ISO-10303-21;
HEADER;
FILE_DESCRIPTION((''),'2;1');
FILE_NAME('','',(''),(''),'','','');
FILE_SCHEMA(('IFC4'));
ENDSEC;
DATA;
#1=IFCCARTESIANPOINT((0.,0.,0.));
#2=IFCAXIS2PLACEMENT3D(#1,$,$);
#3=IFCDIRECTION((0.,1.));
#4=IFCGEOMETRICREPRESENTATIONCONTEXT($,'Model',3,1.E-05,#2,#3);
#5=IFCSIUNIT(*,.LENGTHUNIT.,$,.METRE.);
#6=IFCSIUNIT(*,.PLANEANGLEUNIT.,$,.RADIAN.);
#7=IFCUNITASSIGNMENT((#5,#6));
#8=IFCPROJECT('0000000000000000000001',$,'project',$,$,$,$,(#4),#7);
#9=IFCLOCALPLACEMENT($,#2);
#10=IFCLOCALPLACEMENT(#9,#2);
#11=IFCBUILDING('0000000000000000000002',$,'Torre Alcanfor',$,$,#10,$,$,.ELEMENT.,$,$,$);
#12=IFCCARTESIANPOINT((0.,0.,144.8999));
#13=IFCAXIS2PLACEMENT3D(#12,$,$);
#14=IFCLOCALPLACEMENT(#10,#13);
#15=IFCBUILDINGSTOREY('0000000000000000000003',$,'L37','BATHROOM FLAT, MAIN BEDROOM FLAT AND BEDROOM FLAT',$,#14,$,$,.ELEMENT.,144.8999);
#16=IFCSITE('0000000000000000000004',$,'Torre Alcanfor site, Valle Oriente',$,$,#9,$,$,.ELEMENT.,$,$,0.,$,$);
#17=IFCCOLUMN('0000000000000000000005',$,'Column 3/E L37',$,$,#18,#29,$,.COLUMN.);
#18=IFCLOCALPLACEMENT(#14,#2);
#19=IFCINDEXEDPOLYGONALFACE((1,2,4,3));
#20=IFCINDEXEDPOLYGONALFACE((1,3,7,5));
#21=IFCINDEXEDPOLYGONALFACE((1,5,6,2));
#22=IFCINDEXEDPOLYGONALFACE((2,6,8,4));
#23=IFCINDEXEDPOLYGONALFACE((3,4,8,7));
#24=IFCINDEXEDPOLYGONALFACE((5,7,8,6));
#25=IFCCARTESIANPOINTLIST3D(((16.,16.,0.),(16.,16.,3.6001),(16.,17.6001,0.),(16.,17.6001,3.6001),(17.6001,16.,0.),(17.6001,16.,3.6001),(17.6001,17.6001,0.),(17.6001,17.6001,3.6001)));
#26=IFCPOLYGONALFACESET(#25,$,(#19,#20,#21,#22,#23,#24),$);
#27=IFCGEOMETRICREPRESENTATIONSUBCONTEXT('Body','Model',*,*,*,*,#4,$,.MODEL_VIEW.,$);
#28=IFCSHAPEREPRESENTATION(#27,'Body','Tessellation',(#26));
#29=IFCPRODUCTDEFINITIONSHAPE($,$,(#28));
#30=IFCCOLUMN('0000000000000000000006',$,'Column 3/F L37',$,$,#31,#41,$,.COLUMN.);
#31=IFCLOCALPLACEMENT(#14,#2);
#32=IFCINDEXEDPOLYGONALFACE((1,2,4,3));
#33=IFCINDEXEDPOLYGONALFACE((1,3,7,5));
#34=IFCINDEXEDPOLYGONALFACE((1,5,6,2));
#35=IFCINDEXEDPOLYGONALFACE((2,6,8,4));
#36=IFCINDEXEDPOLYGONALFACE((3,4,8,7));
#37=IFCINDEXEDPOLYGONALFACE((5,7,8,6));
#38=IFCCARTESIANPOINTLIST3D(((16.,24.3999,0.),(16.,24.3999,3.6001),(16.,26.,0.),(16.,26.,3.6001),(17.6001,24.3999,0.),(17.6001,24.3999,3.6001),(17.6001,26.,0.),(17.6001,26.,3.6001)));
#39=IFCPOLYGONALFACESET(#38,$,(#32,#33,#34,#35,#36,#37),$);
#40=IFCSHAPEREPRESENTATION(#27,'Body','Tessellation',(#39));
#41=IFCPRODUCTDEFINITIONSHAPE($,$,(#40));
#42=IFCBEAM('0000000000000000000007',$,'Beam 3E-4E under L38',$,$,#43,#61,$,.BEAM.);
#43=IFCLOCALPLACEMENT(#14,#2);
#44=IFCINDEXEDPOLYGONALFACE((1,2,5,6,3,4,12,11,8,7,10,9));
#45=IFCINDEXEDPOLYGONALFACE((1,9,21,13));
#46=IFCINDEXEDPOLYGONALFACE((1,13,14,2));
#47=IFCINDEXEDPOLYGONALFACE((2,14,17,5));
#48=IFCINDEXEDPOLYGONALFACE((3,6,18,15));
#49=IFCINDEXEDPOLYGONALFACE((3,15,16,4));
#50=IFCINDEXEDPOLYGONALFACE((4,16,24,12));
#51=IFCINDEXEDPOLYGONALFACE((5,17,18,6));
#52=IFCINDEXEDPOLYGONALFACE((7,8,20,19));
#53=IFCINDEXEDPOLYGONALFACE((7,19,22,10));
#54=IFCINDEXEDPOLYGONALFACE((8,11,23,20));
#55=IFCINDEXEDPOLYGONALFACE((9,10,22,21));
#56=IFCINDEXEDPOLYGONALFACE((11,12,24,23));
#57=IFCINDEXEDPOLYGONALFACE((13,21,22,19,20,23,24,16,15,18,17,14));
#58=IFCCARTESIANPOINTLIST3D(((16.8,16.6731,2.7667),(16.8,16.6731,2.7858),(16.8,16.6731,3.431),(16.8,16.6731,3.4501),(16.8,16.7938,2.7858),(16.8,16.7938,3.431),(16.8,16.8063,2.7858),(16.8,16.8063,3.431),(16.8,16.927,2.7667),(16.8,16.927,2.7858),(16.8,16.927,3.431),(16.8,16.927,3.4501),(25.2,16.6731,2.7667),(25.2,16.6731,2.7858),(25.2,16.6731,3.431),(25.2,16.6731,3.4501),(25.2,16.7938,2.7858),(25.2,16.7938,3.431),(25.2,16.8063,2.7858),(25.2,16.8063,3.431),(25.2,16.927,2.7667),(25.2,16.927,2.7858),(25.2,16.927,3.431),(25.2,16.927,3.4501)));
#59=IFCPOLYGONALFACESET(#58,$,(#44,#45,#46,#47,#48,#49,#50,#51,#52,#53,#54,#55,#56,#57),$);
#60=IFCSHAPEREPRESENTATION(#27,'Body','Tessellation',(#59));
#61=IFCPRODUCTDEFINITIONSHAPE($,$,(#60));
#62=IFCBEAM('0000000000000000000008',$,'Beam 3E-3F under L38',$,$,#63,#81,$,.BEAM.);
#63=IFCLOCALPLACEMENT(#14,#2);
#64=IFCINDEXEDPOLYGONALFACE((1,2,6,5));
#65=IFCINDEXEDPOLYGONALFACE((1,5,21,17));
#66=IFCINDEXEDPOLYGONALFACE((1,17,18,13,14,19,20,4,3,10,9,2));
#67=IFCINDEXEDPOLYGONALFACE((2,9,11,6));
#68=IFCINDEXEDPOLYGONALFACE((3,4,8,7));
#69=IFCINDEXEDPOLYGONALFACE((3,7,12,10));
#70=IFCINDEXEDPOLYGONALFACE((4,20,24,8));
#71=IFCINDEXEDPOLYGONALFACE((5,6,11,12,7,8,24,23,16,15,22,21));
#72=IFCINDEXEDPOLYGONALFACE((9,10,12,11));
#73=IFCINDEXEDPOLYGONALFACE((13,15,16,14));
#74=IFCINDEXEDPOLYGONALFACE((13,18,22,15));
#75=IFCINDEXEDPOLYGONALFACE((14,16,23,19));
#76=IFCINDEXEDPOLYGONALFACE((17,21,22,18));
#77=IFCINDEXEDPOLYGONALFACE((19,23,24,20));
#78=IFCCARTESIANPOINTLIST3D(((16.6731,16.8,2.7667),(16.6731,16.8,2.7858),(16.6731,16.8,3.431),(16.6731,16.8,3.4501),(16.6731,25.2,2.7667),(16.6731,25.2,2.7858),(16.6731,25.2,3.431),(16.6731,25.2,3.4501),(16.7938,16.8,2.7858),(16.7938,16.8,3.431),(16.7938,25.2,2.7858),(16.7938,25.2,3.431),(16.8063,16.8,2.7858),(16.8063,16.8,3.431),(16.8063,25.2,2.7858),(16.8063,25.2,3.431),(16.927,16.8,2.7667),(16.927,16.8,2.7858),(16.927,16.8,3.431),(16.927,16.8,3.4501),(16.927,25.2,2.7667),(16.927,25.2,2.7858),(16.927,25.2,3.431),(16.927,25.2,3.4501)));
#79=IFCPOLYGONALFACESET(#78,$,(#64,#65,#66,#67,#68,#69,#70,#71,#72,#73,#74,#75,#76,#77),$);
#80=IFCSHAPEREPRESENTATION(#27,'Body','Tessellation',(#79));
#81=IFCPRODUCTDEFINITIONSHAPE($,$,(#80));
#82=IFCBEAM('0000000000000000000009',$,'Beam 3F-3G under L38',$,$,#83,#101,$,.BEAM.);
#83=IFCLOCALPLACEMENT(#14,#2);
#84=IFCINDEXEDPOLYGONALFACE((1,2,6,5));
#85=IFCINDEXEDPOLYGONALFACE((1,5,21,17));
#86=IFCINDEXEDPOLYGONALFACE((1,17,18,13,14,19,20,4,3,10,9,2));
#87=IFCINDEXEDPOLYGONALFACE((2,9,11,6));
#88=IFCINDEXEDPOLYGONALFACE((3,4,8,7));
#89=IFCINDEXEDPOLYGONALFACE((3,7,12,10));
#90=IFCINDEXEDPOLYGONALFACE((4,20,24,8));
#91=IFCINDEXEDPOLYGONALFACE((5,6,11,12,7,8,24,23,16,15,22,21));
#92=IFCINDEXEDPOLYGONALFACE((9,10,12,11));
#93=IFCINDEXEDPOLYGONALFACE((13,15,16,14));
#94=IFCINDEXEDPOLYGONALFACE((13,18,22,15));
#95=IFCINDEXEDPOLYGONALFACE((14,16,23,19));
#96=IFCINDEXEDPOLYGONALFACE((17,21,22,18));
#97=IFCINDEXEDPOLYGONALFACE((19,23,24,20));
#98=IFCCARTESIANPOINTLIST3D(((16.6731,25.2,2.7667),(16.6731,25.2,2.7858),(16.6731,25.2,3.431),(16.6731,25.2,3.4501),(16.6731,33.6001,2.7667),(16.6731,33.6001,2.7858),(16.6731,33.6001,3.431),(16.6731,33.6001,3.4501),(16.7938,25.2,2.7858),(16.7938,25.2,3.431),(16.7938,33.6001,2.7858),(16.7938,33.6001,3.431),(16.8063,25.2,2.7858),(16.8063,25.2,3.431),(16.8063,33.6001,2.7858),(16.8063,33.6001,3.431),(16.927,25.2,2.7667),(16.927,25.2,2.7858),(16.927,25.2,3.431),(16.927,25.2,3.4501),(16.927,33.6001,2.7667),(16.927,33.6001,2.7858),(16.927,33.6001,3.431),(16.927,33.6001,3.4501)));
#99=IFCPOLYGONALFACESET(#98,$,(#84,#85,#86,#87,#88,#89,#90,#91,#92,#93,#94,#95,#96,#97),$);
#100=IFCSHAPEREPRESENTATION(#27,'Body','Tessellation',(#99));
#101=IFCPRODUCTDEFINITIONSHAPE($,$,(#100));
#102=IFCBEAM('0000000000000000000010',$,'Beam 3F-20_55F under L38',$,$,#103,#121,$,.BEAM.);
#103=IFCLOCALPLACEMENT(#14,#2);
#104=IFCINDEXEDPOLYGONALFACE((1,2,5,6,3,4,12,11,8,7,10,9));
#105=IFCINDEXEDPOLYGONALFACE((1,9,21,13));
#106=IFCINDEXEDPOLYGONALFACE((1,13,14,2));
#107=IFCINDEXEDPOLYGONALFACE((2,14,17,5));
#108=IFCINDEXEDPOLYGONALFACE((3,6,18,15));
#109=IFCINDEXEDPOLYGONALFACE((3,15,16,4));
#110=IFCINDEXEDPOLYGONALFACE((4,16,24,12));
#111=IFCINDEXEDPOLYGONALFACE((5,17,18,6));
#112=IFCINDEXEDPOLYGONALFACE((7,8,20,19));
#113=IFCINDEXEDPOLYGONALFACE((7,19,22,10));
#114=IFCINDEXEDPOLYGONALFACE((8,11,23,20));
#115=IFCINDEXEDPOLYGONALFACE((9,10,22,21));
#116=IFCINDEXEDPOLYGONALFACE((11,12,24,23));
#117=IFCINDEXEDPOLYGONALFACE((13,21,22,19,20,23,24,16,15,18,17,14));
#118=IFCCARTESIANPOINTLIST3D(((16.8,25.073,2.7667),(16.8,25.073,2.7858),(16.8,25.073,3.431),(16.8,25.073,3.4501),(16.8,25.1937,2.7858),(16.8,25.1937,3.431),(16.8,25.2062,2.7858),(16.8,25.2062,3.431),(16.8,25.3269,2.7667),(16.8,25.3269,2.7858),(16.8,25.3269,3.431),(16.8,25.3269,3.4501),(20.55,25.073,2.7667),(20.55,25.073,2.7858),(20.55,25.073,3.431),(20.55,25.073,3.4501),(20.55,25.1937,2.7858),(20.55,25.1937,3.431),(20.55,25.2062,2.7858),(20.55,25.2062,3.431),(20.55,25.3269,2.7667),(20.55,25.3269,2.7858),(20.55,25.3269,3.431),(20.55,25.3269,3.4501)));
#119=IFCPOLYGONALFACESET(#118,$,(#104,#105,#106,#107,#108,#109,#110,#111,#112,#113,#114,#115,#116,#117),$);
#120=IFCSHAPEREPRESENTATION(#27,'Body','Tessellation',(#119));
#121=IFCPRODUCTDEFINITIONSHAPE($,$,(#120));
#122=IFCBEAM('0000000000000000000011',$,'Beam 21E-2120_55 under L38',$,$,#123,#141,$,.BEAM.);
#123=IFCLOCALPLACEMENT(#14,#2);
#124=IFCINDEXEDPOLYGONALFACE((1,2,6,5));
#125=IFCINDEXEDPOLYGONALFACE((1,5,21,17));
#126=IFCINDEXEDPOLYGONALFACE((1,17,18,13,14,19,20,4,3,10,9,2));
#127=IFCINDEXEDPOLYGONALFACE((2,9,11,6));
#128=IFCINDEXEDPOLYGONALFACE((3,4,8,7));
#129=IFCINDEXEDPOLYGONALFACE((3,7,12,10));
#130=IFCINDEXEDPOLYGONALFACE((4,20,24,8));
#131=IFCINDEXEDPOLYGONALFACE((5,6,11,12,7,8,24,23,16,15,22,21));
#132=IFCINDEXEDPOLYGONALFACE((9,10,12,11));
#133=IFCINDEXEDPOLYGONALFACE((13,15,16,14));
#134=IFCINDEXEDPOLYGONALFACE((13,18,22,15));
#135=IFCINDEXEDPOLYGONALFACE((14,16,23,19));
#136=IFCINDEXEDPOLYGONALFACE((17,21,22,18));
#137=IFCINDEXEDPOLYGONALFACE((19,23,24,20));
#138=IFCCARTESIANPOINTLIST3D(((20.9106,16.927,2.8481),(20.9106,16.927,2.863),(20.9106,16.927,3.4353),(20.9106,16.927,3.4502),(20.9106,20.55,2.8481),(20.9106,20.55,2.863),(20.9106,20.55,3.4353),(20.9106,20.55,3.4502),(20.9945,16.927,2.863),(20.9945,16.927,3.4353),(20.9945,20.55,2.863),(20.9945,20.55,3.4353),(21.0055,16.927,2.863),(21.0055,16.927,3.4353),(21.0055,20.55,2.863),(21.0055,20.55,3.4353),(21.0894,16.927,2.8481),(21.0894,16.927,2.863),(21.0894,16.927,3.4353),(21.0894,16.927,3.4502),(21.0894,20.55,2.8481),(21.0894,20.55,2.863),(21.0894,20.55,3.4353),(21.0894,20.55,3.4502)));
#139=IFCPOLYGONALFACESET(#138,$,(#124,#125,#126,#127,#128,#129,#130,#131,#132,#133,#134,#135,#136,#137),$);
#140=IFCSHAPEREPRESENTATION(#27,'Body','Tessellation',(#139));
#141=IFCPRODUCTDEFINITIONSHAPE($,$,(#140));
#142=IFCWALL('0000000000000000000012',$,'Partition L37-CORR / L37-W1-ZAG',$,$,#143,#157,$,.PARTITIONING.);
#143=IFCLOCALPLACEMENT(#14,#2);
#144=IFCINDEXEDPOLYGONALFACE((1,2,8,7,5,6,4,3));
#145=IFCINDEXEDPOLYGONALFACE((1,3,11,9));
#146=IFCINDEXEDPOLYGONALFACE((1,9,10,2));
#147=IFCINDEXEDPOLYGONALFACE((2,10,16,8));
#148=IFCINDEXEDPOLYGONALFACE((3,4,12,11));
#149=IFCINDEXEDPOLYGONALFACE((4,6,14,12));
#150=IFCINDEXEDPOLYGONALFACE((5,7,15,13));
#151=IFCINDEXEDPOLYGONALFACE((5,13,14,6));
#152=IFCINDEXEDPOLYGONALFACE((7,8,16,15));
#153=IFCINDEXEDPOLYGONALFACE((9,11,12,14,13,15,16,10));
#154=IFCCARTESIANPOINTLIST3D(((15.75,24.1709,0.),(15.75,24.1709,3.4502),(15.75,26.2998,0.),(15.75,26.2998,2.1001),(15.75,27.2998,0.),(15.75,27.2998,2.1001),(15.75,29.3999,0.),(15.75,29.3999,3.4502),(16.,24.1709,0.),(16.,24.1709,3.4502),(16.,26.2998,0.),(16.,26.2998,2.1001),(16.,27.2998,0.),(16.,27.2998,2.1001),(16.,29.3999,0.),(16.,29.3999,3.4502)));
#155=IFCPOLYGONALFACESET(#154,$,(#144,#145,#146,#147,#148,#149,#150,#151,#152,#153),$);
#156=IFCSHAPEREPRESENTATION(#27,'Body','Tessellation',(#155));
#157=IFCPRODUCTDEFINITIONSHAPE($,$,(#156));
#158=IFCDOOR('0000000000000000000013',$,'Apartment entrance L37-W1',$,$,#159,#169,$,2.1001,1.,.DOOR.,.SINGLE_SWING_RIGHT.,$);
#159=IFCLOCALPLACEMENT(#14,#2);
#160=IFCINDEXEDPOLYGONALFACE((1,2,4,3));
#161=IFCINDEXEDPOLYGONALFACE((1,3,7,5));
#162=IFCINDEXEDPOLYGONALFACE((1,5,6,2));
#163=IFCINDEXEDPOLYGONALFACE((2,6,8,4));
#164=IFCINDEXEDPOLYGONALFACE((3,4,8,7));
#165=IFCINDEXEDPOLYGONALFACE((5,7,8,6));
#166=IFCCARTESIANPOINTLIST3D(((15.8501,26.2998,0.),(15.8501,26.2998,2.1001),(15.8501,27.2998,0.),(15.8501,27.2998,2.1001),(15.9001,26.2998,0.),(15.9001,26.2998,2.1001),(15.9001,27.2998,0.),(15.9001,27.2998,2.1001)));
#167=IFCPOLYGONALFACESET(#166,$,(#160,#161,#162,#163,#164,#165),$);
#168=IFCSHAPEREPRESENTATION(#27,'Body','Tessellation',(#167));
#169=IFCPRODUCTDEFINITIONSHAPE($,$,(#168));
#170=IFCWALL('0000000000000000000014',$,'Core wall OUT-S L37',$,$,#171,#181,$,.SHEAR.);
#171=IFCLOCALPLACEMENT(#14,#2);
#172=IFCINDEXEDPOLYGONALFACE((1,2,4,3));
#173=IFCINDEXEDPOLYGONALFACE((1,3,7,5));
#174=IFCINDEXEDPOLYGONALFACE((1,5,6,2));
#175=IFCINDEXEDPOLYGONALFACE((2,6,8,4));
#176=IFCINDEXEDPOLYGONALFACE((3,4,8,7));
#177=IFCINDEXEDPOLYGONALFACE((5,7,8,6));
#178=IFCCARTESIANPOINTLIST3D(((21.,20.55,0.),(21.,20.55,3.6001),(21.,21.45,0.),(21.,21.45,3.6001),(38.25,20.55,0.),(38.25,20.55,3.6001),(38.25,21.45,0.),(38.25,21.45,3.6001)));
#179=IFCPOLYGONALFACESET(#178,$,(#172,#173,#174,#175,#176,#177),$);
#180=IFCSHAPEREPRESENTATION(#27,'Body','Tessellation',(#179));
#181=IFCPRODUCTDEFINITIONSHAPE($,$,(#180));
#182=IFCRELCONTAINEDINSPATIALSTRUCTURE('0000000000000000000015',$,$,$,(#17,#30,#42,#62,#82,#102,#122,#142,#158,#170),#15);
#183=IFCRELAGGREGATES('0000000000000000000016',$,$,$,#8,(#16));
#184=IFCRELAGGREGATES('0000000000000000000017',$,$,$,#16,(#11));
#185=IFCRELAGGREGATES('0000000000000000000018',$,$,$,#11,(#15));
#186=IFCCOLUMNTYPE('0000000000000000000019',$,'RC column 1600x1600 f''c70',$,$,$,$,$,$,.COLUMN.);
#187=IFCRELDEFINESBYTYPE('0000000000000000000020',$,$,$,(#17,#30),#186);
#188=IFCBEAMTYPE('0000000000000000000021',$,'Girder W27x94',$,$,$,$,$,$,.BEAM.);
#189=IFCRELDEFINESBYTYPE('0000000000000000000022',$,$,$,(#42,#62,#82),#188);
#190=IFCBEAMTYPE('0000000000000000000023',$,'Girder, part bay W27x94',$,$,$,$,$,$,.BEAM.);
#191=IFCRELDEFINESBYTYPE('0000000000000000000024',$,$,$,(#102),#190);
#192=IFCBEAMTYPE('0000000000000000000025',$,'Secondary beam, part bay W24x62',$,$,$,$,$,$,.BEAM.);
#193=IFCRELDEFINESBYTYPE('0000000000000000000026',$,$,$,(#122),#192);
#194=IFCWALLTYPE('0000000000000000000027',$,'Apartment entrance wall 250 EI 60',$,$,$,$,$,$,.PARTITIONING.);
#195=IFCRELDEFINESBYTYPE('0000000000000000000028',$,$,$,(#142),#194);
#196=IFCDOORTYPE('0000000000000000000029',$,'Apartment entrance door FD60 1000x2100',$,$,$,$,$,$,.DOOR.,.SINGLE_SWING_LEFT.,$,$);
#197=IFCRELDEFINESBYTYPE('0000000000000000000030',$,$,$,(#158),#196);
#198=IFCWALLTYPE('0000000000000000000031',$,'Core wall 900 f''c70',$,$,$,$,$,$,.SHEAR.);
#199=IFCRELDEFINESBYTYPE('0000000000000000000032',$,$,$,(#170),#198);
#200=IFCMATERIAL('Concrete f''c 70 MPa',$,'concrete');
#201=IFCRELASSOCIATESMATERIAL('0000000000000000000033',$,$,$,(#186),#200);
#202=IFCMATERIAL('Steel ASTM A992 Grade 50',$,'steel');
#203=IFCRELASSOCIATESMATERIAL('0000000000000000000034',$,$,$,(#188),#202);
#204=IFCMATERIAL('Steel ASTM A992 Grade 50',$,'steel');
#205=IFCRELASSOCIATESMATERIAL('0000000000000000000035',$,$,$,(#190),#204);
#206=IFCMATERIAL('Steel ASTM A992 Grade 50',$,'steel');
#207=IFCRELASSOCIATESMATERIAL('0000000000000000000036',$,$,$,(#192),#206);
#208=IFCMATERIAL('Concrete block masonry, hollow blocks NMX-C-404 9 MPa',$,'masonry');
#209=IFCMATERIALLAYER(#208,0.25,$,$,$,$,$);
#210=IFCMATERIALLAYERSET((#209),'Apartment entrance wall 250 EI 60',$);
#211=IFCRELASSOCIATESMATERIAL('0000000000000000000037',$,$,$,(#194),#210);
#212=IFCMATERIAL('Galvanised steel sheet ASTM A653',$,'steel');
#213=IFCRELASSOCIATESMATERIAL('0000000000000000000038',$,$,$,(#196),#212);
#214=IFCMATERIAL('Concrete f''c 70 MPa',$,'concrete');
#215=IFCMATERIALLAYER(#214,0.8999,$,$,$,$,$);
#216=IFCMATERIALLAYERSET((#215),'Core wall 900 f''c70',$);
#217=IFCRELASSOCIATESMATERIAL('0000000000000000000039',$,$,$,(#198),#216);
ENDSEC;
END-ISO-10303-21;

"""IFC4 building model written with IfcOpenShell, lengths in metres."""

from ifc_helpers import new_model, si_unit, direction, frame, frame_2d, origin, origin_2d, place, context, subcontext, project, spatial, rectangle, i_section, extrude, material, layer, layer_set, material_profile, profile_set, type_object, element, fill, save


model = new_model("IFC4")

# Units and contexts
model_context = context("Model", 3, precision=1e-05, world=origin(), true_north=direction((0.0, 1.0)))
body_context = subcontext(model_context, "Body", "Model", "MODEL_VIEW")
ifc_project = project(units=[si_unit("LENGTHUNIT", "METRE"), si_unit("PLANEANGLEUNIT", "RADIAN")], contexts=[model_context])

# Site, building, storey
site_placement = place(None, origin())
site = spatial("IfcSite", under=ifc_project, at=site_placement, Name="Torre Alcanfor site, Valle Oriente", CompositionType="ELEMENT", RefElevation=0.0)
building_placement = place(site_placement, origin())
building = spatial("IfcBuilding", under=site, at=building_placement, Name="Torre Alcanfor", CompositionType="ELEMENT")
storey_placement = place(building_placement, frame((0.0, 0.0, 144.8999)))
storey = spatial("IfcBuildingStorey", under=building, at=storey_placement, Name="L37", Description="BATHROOM FLAT, MAIN BEDROOM FLAT AND BEDROOM FLAT", CompositionType="ELEMENT", Elevation=144.8999)

# Columns
ifc_material_1 = material(Name="Concrete f'c 70 MPa", Category="concrete")
ifc_material_profile_1 = material_profile(ifc_material_1, rectangle(XDim=1.6001, YDim=1.6001, at=origin_2d()), Name="1600x1600")
ifc_profile_set_1 = profile_set([ifc_material_profile_1], Name="Concrete f'c 70 MPa")
column_type = type_object("IfcColumnType", Name="RC column 1600x1600 f'c70", PredefinedType="COLUMN", material=ifc_profile_set_1)
for number, where, z_axis, x_axis, name in (
    (1, (16.8, 16.8, 0.0), (0.0, 0.0, 1.0), (1.0, 0.0, 0.0), "Column 3/E L37"),
    (2, (16.8, 25.2, 0.0), (0.0, 0.0, 1.0), (1.0, 0.0, 0.0), "Column 3/F L37"),
):
    element("IfcColumn", number, at=place(storey_placement, frame(where, z_axis=z_axis, x_axis=x_axis)), inside=storey, type_object=column_type, Name=name, PredefinedType="COLUMN", context=body_context, shape_type="SweptSolid", body=[
        extrude(rectangle(XDim=1.6001, YDim=1.6001, at=origin_2d()), origin(), (0.0, 0.0, 1.0), 3.6001),
    ])

# Beams
ifc_material_2 = material(Name="Steel ASTM A992 Grade 50", Category="steel")
ifc_material_profile_2 = material_profile(ifc_material_2, i_section(OverallWidth=0.2539, OverallDepth=0.6833, WebThickness=0.0125, FlangeThickness=0.019, at=origin_2d()), Name="W27x94")
ifc_profile_set_2 = profile_set([ifc_material_profile_2], Name="Steel ASTM A992 Grade 50")
beam_type_1 = type_object("IfcBeamType", Name="Girder W27x94", PredefinedType="BEAM", material=ifc_profile_set_2)
for number, where, z_axis, x_axis, name in (
    (3, (16.8, 16.8, 3.1084), (1.0, 0.0, 0.0), (0.0, 1.0, 0.0), "Beam 3E-4E under L38"),
    (4, (16.8, 16.8, 3.1084), (0.0, 1.0, 0.0), (-1.0, 0.0, 0.0), "Beam 3E-3F under L38"),
):
    element("IfcBeam", number, at=place(storey_placement, frame(where, z_axis=z_axis, x_axis=x_axis)), inside=storey, type_object=beam_type_1, Name=name, PredefinedType="BEAM", context=body_context, shape_type="SweptSolid", body=[
        extrude(i_section(OverallWidth=0.2539, OverallDepth=0.6833, WebThickness=0.0125, FlangeThickness=0.019, at=origin_2d()), origin(), (0.0, 0.0, 1.0), 8.3999),
    ])
beam_1_placement = place(storey_placement, frame((16.8, 25.2, 3.1084), z_axis=(0.0, 1.0, 0.0), x_axis=(-1.0, 0.0, 0.0)))
element("IfcBeam", 5, at=beam_1_placement, inside=storey, type_object=beam_type_1, Name="Beam 3F-3G under L38", PredefinedType="BEAM", context=body_context, shape_type="SweptSolid", body=[
    extrude(i_section(OverallWidth=0.2539, OverallDepth=0.6833, WebThickness=0.0125, FlangeThickness=0.019, at=origin_2d()), origin(), (0.0, 0.0, 1.0), 8.4001),
])
ifc_material_3 = material(Name="Steel ASTM A992 Grade 50", Category="steel")
ifc_material_profile_3 = material_profile(ifc_material_3, i_section(OverallWidth=0.2539, OverallDepth=0.6833, WebThickness=0.0125, FlangeThickness=0.019, at=origin_2d()), Name="W27x94")
ifc_profile_set_3 = profile_set([ifc_material_profile_3], Name="Steel ASTM A992 Grade 50")
beam_type_2 = type_object("IfcBeamType", Name="Girder, part bay W27x94", PredefinedType="BEAM", material=ifc_profile_set_3)
beam_2_placement = place(storey_placement, frame((16.8, 25.2, 3.1084), z_axis=(1.0, 0.0, 0.0), x_axis=(0.0, 1.0, 0.0)))
element("IfcBeam", 6, at=beam_2_placement, inside=storey, type_object=beam_type_2, Name="Beam 3F-20_55F under L38", PredefinedType="BEAM", context=body_context, shape_type="SweptSolid", body=[
    extrude(i_section(OverallWidth=0.2539, OverallDepth=0.6833, WebThickness=0.0125, FlangeThickness=0.019, at=origin_2d()), origin(), (0.0, 0.0, 1.0), 3.75),
])
ifc_material_4 = material(Name="Steel ASTM A992 Grade 50", Category="steel")
ifc_material_profile_4 = material_profile(ifc_material_4, i_section(OverallWidth=0.1787, OverallDepth=0.6021, WebThickness=0.011, FlangeThickness=0.0149, at=origin_2d()), Name="W24x62")
ifc_profile_set_4 = profile_set([ifc_material_profile_4], Name="Steel ASTM A992 Grade 50")
beam_type_3 = type_object("IfcBeamType", Name="Secondary beam, part bay W24x62", PredefinedType="BEAM", material=ifc_profile_set_4)
beam_3_placement = place(storey_placement, frame((21.0, 16.927, 3.1492), z_axis=(0.0, 1.0, 0.0), x_axis=(-1.0, 0.0, 0.0)))
element("IfcBeam", 7, at=beam_3_placement, inside=storey, type_object=beam_type_3, Name="Beam 21E-2120_55 under L38", PredefinedType="BEAM", context=body_context, shape_type="SweptSolid", body=[
    extrude(i_section(OverallWidth=0.1787, OverallDepth=0.6021, WebThickness=0.011, FlangeThickness=0.0149, at=origin_2d()), origin(), (0.0, 0.0, 1.0), 3.623),
])

# Wall, opening, door
ifc_material_5 = material(Name="Concrete block masonry, hollow blocks NMX-C-404 9 MPa", Category="masonry")
ifc_layer_1 = layer(ifc_material_5, 0.25)
ifc_layer_set_1 = layer_set([ifc_layer_1], Name="Apartment entrance wall 250 EI 60")
wall_type_1 = type_object("IfcWallType", Name="Apartment entrance wall 250 EI 60", PredefinedType="PARTITIONING", material=ifc_layer_set_1)
wall_1_placement = place(storey_placement, frame((15.875, 24.1709, 0.0), z_axis=(0.0, 0.0, 1.0), x_axis=(0.0, 1.0, 0.0)))
wall_1 = element("IfcWall", 8, at=wall_1_placement, inside=storey, type_object=wall_type_1, Name="Partition L37-CORR / L37-W1-ZAG", PredefinedType="PARTITIONING", context=body_context, shape_type="SweptSolid", body=[
    extrude(rectangle(XDim=5.229, YDim=0.25, at=frame_2d((2.6145, 0.0))), origin(), (0.0, 0.0, 1.0), 3.4502),
])
opening_1_placement = place(wall_1_placement, frame((2.1289, 0.0, 0.0)))
opening_1 = element("IfcOpeningElement", 9, at=opening_1_placement, cuts=wall_1, PredefinedType="OPENING", context=body_context, shape_type="SweptSolid", body=[
    extrude(rectangle(XDim=1.0, YDim=2.1001, at=frame_2d((0.5, 1.05))), frame((0.0, 0.135, 0.0), z_axis=(0.0, -1.0, 0.0), x_axis=(1.0, 0.0, 0.0)), (0.0, 0.0, 1.0), 0.27),
])
ifc_material_6 = material(Name="Galvanised steel sheet ASTM A653", Category="steel")
door_type_1 = type_object("IfcDoorType", Name="Apartment entrance door FD60 1000x2100", OperationType="SINGLE_SWING_LEFT", PredefinedType="DOOR", material=ifc_material_6)
door_1_placement = place(opening_1_placement, origin())
door_1 = element("IfcDoor", 10, at=door_1_placement, inside=storey, type_object=door_type_1, Name="Apartment entrance L37-W1", OperationType="SINGLE_SWING_RIGHT", OverallHeight=2.1001, OverallWidth=1.0, PredefinedType="DOOR", context=body_context, shape_type="SweptSolid", body=[
    extrude(rectangle(XDim=1.0, YDim=2.1001, at=frame_2d((0.5, 1.05))), frame((0.0, 0.0249, 0.0), z_axis=(0.0, -1.0, 0.0), x_axis=(1.0, 0.0, 0.0)), (0.0, 0.0, 1.0), 0.05),
])
fill(opening_1, door_1)

# Wall
ifc_material_7 = material(Name="Concrete f'c 70 MPa", Category="concrete")
ifc_layer_2 = layer(ifc_material_7, 0.8999)
ifc_layer_set_2 = layer_set([ifc_layer_2], Name="Core wall 900 f'c70")
wall_type_2 = type_object("IfcWallType", Name="Core wall 900 f'c70", PredefinedType="SHEAR", material=ifc_layer_set_2)
wall_2_placement = place(storey_placement, frame((21.0, 21.0, 0.0), z_axis=(0.0, 0.0, 1.0), x_axis=(1.0, 0.0, 0.0)))
element("IfcWall", 11, at=wall_2_placement, inside=storey, type_object=wall_type_2, Name="Core wall OUT-S L37", PredefinedType="SHEAR", context=body_context, shape_type="SweptSolid", body=[
    extrude(rectangle(XDim=17.25, YDim=0.8999, at=frame_2d((8.625, 0.0))), origin(), (0.0, 0.0, 1.0), 3.6001),
])

save(model, "model.ifc")
